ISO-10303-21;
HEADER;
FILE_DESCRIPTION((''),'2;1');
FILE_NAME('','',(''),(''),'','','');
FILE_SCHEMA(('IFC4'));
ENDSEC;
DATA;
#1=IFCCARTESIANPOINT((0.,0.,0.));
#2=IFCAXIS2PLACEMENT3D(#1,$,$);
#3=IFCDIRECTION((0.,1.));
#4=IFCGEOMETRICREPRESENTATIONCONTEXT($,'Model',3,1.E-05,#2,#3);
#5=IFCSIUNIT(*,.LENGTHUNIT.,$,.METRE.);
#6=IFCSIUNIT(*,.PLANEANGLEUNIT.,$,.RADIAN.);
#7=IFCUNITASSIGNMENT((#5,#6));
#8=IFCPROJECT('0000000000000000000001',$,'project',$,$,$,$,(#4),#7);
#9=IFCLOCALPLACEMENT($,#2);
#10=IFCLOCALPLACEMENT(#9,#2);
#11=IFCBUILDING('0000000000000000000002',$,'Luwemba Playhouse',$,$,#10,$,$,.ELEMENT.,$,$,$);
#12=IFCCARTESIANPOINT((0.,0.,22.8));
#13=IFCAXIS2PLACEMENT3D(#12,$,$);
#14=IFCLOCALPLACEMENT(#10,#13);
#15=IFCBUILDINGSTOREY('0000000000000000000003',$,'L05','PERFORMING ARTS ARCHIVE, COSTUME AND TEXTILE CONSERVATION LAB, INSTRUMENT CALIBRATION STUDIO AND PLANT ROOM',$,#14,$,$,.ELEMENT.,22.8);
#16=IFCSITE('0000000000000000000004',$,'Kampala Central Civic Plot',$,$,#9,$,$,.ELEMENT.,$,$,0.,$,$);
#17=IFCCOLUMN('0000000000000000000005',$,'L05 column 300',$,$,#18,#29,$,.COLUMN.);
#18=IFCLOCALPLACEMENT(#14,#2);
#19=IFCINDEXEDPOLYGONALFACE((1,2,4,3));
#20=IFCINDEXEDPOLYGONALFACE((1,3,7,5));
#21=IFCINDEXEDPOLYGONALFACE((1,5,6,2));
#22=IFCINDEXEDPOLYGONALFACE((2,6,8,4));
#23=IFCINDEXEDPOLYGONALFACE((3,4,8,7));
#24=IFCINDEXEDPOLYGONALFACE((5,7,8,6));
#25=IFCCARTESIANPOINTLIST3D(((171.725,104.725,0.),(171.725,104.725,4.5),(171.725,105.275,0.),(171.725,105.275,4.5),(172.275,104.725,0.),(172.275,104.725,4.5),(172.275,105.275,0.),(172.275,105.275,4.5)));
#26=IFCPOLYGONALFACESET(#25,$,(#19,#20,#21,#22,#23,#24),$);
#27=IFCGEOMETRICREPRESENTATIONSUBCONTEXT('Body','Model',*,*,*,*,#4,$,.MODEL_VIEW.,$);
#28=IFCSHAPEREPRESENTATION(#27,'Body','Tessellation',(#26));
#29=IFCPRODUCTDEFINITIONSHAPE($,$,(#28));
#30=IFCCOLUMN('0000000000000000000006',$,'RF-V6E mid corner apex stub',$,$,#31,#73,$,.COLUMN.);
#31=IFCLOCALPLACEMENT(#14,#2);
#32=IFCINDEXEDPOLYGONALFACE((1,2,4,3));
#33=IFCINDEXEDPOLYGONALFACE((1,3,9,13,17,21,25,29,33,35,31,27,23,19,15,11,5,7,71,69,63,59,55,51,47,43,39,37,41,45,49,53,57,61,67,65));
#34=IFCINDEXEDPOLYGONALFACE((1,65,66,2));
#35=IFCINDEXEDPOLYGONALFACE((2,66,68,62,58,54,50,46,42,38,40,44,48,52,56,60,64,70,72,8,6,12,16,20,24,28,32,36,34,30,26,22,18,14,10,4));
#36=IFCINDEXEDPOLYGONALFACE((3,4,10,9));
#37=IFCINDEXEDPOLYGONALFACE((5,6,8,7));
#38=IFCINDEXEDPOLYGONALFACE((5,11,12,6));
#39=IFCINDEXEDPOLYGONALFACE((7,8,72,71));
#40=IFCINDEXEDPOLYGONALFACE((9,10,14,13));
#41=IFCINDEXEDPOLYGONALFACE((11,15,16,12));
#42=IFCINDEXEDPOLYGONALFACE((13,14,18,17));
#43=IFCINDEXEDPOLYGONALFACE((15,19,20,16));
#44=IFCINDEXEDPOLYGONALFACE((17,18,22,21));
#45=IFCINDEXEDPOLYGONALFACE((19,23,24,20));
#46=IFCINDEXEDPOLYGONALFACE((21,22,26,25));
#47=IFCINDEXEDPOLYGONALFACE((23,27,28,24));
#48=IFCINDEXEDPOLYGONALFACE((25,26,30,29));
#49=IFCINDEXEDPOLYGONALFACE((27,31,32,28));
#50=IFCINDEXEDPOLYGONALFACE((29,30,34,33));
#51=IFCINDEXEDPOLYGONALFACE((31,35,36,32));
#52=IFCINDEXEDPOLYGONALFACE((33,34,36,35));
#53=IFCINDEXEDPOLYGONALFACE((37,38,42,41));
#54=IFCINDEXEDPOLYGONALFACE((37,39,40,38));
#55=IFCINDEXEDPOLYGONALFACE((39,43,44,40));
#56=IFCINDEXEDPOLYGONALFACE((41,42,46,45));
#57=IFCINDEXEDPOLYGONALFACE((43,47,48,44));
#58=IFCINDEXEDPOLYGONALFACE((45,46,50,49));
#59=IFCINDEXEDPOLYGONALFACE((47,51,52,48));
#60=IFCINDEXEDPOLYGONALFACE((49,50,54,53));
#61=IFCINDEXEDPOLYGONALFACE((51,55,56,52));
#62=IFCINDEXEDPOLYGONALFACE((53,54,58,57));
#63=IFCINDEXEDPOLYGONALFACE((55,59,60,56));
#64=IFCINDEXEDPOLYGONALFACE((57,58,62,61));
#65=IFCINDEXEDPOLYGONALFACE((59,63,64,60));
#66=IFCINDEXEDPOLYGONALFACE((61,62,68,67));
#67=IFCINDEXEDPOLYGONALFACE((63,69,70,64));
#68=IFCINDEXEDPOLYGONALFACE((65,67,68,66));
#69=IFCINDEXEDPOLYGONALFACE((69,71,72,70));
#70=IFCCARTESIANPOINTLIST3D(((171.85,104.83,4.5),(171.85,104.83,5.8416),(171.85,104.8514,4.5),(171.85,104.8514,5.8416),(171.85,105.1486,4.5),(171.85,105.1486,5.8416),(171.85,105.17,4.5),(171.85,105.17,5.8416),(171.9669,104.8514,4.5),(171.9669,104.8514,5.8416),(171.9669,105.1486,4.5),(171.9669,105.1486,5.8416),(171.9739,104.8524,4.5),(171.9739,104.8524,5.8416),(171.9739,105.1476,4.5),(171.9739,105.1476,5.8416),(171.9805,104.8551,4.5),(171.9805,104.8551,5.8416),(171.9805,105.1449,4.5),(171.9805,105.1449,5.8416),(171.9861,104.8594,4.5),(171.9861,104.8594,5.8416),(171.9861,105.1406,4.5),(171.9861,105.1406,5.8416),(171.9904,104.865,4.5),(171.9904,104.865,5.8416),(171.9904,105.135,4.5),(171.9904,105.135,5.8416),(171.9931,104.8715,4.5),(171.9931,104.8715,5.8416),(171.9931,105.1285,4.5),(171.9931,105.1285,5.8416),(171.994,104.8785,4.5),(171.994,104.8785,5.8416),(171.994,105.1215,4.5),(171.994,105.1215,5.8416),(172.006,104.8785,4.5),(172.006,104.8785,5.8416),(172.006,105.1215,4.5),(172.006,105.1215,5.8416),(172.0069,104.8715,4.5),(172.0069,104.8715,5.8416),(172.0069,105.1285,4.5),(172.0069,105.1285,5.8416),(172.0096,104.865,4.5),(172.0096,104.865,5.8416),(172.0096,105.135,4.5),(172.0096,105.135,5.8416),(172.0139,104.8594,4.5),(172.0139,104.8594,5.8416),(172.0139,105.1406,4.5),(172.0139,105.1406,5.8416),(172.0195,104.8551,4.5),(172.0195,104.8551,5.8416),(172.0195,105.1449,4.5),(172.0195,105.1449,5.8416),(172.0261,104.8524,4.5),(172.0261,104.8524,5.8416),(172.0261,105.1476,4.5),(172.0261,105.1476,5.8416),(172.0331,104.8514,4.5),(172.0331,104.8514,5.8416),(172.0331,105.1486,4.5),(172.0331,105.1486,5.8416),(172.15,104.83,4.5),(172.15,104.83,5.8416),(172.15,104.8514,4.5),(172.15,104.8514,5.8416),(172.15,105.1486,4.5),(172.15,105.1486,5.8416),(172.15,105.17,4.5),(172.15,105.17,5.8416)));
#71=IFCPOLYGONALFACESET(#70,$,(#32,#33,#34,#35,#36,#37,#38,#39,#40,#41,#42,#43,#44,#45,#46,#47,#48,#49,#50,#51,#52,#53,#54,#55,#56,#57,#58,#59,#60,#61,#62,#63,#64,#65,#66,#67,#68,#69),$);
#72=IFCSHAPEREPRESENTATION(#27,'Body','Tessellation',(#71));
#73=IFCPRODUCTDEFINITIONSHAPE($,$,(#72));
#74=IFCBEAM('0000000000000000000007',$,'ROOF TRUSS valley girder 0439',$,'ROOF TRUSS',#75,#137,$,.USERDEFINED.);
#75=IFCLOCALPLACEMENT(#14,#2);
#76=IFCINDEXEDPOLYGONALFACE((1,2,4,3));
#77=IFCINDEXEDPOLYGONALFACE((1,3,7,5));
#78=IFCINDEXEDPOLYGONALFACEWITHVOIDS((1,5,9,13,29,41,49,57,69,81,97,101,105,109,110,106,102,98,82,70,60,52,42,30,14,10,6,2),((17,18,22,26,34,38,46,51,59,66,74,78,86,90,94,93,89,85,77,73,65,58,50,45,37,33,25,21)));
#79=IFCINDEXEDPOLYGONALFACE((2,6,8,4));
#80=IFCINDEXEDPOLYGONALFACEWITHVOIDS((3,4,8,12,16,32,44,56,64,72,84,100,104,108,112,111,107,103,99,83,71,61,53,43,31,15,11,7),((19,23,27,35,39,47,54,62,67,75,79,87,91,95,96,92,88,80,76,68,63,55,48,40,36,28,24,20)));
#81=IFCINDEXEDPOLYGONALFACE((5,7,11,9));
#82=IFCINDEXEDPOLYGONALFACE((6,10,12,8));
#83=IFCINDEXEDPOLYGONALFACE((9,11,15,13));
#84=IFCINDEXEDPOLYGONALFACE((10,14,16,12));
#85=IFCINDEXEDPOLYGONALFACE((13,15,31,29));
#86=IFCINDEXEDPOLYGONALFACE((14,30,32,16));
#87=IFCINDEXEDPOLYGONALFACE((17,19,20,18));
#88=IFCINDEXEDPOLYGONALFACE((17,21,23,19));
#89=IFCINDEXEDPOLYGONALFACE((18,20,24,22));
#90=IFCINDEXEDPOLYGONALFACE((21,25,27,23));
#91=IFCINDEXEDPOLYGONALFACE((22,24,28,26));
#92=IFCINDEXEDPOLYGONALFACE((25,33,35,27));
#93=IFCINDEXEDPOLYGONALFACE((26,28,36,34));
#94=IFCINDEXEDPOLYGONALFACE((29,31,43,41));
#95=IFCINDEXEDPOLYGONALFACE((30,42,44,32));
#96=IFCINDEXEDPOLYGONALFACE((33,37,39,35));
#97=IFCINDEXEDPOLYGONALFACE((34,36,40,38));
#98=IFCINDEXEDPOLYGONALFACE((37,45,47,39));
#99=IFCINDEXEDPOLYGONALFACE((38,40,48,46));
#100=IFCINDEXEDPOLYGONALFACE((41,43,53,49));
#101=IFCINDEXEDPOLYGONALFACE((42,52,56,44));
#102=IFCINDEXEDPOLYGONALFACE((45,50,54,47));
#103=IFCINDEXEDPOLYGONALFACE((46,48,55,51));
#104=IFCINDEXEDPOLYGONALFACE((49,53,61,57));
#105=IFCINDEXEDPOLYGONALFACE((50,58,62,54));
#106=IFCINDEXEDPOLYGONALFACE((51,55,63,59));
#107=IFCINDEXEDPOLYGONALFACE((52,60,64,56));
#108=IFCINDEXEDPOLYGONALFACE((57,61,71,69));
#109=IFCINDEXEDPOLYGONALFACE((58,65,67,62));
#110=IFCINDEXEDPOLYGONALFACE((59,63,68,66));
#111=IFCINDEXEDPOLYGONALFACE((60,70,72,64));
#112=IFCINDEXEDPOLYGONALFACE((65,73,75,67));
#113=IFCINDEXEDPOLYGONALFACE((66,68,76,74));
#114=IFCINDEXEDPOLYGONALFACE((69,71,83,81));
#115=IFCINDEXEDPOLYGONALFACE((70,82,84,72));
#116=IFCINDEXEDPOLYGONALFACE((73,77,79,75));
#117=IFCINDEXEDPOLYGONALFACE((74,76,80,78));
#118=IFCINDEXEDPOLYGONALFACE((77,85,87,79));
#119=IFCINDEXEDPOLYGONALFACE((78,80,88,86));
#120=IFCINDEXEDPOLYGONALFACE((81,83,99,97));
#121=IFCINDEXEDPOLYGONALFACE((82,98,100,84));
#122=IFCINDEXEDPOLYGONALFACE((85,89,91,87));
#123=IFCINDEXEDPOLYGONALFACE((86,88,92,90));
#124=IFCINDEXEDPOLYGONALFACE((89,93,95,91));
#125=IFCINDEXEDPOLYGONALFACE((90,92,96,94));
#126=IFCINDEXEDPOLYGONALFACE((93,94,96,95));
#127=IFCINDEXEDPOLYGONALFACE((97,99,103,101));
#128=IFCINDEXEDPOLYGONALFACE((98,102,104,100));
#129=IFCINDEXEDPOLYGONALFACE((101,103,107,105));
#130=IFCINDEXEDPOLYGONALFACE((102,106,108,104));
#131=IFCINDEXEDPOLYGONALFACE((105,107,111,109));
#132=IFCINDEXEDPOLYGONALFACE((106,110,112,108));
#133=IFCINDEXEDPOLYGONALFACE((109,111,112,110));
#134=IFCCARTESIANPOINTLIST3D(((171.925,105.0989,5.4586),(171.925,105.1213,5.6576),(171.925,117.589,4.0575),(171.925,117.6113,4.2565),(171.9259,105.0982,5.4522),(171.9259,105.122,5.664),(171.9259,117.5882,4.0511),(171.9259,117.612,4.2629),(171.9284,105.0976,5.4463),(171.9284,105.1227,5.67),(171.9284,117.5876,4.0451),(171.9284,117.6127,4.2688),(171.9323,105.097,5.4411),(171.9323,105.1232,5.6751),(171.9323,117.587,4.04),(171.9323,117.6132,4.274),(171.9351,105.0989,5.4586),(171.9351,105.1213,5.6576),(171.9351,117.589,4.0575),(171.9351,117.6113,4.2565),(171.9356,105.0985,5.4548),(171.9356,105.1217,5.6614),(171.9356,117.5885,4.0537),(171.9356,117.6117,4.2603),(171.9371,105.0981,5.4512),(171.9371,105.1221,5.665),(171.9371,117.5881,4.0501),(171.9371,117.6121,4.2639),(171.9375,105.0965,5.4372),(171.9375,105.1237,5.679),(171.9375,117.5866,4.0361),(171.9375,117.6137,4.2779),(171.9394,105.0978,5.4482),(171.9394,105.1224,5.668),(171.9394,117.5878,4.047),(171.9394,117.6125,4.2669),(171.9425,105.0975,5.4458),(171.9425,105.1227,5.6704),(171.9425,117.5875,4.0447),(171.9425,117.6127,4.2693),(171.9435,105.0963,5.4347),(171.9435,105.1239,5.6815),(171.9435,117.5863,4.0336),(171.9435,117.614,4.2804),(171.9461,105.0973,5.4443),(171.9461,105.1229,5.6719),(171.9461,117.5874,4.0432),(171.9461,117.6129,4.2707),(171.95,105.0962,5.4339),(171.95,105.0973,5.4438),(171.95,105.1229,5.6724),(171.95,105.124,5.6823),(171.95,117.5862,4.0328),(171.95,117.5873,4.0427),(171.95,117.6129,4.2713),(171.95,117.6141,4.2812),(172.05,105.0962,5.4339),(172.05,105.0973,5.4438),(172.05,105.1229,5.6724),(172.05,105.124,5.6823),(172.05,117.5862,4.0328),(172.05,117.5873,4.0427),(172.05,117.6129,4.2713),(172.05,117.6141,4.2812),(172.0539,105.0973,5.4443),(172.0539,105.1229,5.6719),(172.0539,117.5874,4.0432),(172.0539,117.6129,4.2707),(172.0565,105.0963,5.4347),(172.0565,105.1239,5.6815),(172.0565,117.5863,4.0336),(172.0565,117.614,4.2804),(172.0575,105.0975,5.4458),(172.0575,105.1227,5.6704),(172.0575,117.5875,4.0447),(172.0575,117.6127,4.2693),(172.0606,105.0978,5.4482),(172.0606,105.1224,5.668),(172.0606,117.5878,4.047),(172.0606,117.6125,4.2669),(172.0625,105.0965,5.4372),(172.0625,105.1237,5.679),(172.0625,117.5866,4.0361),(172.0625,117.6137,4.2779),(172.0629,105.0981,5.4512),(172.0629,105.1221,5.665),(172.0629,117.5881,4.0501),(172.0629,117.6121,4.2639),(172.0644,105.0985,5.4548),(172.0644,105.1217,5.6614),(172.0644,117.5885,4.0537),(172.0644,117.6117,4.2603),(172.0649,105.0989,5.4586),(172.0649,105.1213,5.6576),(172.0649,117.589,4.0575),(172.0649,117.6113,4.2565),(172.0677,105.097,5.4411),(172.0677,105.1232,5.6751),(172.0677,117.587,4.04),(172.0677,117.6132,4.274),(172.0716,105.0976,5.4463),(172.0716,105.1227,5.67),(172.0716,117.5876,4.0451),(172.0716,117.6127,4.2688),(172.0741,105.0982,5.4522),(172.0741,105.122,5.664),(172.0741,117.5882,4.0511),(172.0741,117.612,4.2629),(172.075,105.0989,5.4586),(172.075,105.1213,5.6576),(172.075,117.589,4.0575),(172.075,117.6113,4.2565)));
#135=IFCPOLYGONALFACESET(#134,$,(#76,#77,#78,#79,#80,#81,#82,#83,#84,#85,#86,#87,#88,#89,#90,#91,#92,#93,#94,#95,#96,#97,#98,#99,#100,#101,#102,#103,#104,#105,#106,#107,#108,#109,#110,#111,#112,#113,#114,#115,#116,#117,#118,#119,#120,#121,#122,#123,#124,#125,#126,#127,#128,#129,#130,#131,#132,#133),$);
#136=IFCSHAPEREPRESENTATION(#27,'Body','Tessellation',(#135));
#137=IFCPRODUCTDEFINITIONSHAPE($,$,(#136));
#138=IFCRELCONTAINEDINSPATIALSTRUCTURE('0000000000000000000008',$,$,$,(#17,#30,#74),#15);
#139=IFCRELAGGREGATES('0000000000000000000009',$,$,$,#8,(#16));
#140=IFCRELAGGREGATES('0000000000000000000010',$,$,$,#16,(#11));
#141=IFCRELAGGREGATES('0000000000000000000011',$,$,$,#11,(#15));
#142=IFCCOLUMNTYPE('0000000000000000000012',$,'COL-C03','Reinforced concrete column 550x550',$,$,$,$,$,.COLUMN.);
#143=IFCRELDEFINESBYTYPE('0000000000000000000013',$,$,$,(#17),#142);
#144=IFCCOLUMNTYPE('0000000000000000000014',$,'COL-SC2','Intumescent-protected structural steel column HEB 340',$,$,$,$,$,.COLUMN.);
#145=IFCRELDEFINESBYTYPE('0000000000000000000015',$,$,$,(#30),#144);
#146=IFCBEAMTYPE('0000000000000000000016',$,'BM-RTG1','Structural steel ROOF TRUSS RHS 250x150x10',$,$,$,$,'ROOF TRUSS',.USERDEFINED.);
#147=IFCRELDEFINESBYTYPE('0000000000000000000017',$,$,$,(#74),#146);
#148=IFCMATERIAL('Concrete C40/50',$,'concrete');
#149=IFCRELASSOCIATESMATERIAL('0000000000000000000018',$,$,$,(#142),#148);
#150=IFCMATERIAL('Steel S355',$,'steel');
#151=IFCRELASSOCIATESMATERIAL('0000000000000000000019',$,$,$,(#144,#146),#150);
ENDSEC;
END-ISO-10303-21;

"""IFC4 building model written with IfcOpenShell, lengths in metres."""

from ifc_helpers import new_model, si_unit, direction, frame, origin, origin_2d, place, context, subcontext, project, spatial, rectangle, hollow_rectangle, i_section, extrude, material, material_profile, profile_set, type_object, element, save


model = new_model("IFC4")

# Units and contexts
model_context = context("Model", 3, precision=1e-05, world=origin(), true_north=direction((0.0, 1.0)))
body_context = subcontext(model_context, "Body", "Model", "MODEL_VIEW")
ifc_project = project(units=[si_unit("LENGTHUNIT", "METRE"), si_unit("PLANEANGLEUNIT", "RADIAN")], contexts=[model_context])

# Site, building, storey
site_placement = place(None, origin())
site = spatial("IfcSite", under=ifc_project, at=site_placement, Name="Kampala Central Civic Plot", CompositionType="ELEMENT", RefElevation=0.0)
building_placement = place(site_placement, origin())
building = spatial("IfcBuilding", under=site, at=building_placement, Name="Luwemba Playhouse", CompositionType="ELEMENT")
storey_placement = place(building_placement, frame((0.0, 0.0, 22.8)))
storey = spatial("IfcBuildingStorey", under=building, at=storey_placement, Name="L05", Description="PERFORMING ARTS ARCHIVE, COSTUME AND TEXTILE CONSERVATION LAB, INSTRUMENT CALIBRATION STUDIO AND PLANT ROOM", CompositionType="ELEMENT", Elevation=22.8)

# Columns
ifc_material_1 = material(Name="Concrete C40/50", Category="concrete")
ifc_material_profile_1 = material_profile(ifc_material_1, rectangle(XDim=0.55, YDim=0.55, at=origin_2d()))
ifc_profile_set_1 = profile_set([ifc_material_profile_1], Name="Concrete C40/50")
column_type_1 = type_object("IfcColumnType", Name="COL-C03", Description="Reinforced concrete column 550x550", PredefinedType="COLUMN", material=ifc_profile_set_1)
column_1_placement = place(storey_placement, frame((172.0, 105.0, 0.0), z_axis=(0.0, 0.0, 1.0), x_axis=(1.0, 0.0, 0.0)))
element("IfcColumn", 1, at=column_1_placement, inside=storey, type_object=column_type_1, Name="L05 column 300", PredefinedType="COLUMN", context=body_context, shape_type="SweptSolid", body=[
    extrude(rectangle(XDim=0.55, YDim=0.55, at=origin_2d()), origin(), (0.0, 0.0, 1.0), 4.5),
])
ifc_material_2 = material(Name="Steel S355", Category="steel")
ifc_material_profile_2 = material_profile(ifc_material_2, i_section(OverallWidth=0.3, OverallDepth=0.3401, WebThickness=0.012, FlangeThickness=0.0215, FilletRadius=0.0271, at=origin_2d()))
ifc_profile_set_2 = profile_set([ifc_material_profile_2], Name="Steel S355")
column_type_2 = type_object("IfcColumnType", Name="COL-SC2", Description="Intumescent-protected structural steel column HEB 340", PredefinedType="COLUMN", material=ifc_profile_set_2)
column_2_placement = place(storey_placement, frame((172.0, 105.0, 4.5), z_axis=(0.0, 0.0, 1.0), x_axis=(1.0, 0.0, 0.0)))
element("IfcColumn", 2, at=column_2_placement, inside=storey, type_object=column_type_2, Name="RF-V6E mid corner apex stub", PredefinedType="COLUMN", context=body_context, shape_type="SweptSolid", body=[
    extrude(i_section(OverallWidth=0.3, OverallDepth=0.3401, WebThickness=0.012, FlangeThickness=0.0215, FilletRadius=0.0271, at=origin_2d()), origin(), (0.0, 0.0, 1.0), 1.3416),
])

# Beam
ifc_material_profile_3 = material_profile(ifc_material_2, hollow_rectangle(XDim=0.1499, YDim=0.25, WallThickness=0.01, InnerFilletRadius=0.0149, OuterFilletRadius=0.0249, at=origin_2d()))
ifc_profile_set_3 = profile_set([ifc_material_profile_3], Name="Steel S355")
beam_type_1 = type_object("IfcBeamType", Name="BM-RTG1", Description="Structural steel ROOF TRUSS RHS 250x150x10", ElementType="ROOF TRUSS", PredefinedType="USERDEFINED", material=ifc_profile_set_3)
beam_1_placement = place(storey_placement, frame((172.0, 105.1101, 5.5581), z_axis=(0.0, 0.993767, -0.11148), x_axis=(-1.0, 0.0, 0.0)))
element("IfcBeam", 3, at=beam_1_placement, inside=storey, type_object=beam_type_1, Name="ROOF TRUSS valley girder 0439", ObjectType="ROOF TRUSS", PredefinedType="USERDEFINED", context=body_context, shape_type="SweptSolid", body=[
    extrude(hollow_rectangle(XDim=0.1499, YDim=0.25, WallThickness=0.01, InnerFilletRadius=0.0149, OuterFilletRadius=0.0249, at=origin_2d()), origin(), (0.0, 0.0, 1.0), 12.5684),
])

save(model, "model.ifc")
